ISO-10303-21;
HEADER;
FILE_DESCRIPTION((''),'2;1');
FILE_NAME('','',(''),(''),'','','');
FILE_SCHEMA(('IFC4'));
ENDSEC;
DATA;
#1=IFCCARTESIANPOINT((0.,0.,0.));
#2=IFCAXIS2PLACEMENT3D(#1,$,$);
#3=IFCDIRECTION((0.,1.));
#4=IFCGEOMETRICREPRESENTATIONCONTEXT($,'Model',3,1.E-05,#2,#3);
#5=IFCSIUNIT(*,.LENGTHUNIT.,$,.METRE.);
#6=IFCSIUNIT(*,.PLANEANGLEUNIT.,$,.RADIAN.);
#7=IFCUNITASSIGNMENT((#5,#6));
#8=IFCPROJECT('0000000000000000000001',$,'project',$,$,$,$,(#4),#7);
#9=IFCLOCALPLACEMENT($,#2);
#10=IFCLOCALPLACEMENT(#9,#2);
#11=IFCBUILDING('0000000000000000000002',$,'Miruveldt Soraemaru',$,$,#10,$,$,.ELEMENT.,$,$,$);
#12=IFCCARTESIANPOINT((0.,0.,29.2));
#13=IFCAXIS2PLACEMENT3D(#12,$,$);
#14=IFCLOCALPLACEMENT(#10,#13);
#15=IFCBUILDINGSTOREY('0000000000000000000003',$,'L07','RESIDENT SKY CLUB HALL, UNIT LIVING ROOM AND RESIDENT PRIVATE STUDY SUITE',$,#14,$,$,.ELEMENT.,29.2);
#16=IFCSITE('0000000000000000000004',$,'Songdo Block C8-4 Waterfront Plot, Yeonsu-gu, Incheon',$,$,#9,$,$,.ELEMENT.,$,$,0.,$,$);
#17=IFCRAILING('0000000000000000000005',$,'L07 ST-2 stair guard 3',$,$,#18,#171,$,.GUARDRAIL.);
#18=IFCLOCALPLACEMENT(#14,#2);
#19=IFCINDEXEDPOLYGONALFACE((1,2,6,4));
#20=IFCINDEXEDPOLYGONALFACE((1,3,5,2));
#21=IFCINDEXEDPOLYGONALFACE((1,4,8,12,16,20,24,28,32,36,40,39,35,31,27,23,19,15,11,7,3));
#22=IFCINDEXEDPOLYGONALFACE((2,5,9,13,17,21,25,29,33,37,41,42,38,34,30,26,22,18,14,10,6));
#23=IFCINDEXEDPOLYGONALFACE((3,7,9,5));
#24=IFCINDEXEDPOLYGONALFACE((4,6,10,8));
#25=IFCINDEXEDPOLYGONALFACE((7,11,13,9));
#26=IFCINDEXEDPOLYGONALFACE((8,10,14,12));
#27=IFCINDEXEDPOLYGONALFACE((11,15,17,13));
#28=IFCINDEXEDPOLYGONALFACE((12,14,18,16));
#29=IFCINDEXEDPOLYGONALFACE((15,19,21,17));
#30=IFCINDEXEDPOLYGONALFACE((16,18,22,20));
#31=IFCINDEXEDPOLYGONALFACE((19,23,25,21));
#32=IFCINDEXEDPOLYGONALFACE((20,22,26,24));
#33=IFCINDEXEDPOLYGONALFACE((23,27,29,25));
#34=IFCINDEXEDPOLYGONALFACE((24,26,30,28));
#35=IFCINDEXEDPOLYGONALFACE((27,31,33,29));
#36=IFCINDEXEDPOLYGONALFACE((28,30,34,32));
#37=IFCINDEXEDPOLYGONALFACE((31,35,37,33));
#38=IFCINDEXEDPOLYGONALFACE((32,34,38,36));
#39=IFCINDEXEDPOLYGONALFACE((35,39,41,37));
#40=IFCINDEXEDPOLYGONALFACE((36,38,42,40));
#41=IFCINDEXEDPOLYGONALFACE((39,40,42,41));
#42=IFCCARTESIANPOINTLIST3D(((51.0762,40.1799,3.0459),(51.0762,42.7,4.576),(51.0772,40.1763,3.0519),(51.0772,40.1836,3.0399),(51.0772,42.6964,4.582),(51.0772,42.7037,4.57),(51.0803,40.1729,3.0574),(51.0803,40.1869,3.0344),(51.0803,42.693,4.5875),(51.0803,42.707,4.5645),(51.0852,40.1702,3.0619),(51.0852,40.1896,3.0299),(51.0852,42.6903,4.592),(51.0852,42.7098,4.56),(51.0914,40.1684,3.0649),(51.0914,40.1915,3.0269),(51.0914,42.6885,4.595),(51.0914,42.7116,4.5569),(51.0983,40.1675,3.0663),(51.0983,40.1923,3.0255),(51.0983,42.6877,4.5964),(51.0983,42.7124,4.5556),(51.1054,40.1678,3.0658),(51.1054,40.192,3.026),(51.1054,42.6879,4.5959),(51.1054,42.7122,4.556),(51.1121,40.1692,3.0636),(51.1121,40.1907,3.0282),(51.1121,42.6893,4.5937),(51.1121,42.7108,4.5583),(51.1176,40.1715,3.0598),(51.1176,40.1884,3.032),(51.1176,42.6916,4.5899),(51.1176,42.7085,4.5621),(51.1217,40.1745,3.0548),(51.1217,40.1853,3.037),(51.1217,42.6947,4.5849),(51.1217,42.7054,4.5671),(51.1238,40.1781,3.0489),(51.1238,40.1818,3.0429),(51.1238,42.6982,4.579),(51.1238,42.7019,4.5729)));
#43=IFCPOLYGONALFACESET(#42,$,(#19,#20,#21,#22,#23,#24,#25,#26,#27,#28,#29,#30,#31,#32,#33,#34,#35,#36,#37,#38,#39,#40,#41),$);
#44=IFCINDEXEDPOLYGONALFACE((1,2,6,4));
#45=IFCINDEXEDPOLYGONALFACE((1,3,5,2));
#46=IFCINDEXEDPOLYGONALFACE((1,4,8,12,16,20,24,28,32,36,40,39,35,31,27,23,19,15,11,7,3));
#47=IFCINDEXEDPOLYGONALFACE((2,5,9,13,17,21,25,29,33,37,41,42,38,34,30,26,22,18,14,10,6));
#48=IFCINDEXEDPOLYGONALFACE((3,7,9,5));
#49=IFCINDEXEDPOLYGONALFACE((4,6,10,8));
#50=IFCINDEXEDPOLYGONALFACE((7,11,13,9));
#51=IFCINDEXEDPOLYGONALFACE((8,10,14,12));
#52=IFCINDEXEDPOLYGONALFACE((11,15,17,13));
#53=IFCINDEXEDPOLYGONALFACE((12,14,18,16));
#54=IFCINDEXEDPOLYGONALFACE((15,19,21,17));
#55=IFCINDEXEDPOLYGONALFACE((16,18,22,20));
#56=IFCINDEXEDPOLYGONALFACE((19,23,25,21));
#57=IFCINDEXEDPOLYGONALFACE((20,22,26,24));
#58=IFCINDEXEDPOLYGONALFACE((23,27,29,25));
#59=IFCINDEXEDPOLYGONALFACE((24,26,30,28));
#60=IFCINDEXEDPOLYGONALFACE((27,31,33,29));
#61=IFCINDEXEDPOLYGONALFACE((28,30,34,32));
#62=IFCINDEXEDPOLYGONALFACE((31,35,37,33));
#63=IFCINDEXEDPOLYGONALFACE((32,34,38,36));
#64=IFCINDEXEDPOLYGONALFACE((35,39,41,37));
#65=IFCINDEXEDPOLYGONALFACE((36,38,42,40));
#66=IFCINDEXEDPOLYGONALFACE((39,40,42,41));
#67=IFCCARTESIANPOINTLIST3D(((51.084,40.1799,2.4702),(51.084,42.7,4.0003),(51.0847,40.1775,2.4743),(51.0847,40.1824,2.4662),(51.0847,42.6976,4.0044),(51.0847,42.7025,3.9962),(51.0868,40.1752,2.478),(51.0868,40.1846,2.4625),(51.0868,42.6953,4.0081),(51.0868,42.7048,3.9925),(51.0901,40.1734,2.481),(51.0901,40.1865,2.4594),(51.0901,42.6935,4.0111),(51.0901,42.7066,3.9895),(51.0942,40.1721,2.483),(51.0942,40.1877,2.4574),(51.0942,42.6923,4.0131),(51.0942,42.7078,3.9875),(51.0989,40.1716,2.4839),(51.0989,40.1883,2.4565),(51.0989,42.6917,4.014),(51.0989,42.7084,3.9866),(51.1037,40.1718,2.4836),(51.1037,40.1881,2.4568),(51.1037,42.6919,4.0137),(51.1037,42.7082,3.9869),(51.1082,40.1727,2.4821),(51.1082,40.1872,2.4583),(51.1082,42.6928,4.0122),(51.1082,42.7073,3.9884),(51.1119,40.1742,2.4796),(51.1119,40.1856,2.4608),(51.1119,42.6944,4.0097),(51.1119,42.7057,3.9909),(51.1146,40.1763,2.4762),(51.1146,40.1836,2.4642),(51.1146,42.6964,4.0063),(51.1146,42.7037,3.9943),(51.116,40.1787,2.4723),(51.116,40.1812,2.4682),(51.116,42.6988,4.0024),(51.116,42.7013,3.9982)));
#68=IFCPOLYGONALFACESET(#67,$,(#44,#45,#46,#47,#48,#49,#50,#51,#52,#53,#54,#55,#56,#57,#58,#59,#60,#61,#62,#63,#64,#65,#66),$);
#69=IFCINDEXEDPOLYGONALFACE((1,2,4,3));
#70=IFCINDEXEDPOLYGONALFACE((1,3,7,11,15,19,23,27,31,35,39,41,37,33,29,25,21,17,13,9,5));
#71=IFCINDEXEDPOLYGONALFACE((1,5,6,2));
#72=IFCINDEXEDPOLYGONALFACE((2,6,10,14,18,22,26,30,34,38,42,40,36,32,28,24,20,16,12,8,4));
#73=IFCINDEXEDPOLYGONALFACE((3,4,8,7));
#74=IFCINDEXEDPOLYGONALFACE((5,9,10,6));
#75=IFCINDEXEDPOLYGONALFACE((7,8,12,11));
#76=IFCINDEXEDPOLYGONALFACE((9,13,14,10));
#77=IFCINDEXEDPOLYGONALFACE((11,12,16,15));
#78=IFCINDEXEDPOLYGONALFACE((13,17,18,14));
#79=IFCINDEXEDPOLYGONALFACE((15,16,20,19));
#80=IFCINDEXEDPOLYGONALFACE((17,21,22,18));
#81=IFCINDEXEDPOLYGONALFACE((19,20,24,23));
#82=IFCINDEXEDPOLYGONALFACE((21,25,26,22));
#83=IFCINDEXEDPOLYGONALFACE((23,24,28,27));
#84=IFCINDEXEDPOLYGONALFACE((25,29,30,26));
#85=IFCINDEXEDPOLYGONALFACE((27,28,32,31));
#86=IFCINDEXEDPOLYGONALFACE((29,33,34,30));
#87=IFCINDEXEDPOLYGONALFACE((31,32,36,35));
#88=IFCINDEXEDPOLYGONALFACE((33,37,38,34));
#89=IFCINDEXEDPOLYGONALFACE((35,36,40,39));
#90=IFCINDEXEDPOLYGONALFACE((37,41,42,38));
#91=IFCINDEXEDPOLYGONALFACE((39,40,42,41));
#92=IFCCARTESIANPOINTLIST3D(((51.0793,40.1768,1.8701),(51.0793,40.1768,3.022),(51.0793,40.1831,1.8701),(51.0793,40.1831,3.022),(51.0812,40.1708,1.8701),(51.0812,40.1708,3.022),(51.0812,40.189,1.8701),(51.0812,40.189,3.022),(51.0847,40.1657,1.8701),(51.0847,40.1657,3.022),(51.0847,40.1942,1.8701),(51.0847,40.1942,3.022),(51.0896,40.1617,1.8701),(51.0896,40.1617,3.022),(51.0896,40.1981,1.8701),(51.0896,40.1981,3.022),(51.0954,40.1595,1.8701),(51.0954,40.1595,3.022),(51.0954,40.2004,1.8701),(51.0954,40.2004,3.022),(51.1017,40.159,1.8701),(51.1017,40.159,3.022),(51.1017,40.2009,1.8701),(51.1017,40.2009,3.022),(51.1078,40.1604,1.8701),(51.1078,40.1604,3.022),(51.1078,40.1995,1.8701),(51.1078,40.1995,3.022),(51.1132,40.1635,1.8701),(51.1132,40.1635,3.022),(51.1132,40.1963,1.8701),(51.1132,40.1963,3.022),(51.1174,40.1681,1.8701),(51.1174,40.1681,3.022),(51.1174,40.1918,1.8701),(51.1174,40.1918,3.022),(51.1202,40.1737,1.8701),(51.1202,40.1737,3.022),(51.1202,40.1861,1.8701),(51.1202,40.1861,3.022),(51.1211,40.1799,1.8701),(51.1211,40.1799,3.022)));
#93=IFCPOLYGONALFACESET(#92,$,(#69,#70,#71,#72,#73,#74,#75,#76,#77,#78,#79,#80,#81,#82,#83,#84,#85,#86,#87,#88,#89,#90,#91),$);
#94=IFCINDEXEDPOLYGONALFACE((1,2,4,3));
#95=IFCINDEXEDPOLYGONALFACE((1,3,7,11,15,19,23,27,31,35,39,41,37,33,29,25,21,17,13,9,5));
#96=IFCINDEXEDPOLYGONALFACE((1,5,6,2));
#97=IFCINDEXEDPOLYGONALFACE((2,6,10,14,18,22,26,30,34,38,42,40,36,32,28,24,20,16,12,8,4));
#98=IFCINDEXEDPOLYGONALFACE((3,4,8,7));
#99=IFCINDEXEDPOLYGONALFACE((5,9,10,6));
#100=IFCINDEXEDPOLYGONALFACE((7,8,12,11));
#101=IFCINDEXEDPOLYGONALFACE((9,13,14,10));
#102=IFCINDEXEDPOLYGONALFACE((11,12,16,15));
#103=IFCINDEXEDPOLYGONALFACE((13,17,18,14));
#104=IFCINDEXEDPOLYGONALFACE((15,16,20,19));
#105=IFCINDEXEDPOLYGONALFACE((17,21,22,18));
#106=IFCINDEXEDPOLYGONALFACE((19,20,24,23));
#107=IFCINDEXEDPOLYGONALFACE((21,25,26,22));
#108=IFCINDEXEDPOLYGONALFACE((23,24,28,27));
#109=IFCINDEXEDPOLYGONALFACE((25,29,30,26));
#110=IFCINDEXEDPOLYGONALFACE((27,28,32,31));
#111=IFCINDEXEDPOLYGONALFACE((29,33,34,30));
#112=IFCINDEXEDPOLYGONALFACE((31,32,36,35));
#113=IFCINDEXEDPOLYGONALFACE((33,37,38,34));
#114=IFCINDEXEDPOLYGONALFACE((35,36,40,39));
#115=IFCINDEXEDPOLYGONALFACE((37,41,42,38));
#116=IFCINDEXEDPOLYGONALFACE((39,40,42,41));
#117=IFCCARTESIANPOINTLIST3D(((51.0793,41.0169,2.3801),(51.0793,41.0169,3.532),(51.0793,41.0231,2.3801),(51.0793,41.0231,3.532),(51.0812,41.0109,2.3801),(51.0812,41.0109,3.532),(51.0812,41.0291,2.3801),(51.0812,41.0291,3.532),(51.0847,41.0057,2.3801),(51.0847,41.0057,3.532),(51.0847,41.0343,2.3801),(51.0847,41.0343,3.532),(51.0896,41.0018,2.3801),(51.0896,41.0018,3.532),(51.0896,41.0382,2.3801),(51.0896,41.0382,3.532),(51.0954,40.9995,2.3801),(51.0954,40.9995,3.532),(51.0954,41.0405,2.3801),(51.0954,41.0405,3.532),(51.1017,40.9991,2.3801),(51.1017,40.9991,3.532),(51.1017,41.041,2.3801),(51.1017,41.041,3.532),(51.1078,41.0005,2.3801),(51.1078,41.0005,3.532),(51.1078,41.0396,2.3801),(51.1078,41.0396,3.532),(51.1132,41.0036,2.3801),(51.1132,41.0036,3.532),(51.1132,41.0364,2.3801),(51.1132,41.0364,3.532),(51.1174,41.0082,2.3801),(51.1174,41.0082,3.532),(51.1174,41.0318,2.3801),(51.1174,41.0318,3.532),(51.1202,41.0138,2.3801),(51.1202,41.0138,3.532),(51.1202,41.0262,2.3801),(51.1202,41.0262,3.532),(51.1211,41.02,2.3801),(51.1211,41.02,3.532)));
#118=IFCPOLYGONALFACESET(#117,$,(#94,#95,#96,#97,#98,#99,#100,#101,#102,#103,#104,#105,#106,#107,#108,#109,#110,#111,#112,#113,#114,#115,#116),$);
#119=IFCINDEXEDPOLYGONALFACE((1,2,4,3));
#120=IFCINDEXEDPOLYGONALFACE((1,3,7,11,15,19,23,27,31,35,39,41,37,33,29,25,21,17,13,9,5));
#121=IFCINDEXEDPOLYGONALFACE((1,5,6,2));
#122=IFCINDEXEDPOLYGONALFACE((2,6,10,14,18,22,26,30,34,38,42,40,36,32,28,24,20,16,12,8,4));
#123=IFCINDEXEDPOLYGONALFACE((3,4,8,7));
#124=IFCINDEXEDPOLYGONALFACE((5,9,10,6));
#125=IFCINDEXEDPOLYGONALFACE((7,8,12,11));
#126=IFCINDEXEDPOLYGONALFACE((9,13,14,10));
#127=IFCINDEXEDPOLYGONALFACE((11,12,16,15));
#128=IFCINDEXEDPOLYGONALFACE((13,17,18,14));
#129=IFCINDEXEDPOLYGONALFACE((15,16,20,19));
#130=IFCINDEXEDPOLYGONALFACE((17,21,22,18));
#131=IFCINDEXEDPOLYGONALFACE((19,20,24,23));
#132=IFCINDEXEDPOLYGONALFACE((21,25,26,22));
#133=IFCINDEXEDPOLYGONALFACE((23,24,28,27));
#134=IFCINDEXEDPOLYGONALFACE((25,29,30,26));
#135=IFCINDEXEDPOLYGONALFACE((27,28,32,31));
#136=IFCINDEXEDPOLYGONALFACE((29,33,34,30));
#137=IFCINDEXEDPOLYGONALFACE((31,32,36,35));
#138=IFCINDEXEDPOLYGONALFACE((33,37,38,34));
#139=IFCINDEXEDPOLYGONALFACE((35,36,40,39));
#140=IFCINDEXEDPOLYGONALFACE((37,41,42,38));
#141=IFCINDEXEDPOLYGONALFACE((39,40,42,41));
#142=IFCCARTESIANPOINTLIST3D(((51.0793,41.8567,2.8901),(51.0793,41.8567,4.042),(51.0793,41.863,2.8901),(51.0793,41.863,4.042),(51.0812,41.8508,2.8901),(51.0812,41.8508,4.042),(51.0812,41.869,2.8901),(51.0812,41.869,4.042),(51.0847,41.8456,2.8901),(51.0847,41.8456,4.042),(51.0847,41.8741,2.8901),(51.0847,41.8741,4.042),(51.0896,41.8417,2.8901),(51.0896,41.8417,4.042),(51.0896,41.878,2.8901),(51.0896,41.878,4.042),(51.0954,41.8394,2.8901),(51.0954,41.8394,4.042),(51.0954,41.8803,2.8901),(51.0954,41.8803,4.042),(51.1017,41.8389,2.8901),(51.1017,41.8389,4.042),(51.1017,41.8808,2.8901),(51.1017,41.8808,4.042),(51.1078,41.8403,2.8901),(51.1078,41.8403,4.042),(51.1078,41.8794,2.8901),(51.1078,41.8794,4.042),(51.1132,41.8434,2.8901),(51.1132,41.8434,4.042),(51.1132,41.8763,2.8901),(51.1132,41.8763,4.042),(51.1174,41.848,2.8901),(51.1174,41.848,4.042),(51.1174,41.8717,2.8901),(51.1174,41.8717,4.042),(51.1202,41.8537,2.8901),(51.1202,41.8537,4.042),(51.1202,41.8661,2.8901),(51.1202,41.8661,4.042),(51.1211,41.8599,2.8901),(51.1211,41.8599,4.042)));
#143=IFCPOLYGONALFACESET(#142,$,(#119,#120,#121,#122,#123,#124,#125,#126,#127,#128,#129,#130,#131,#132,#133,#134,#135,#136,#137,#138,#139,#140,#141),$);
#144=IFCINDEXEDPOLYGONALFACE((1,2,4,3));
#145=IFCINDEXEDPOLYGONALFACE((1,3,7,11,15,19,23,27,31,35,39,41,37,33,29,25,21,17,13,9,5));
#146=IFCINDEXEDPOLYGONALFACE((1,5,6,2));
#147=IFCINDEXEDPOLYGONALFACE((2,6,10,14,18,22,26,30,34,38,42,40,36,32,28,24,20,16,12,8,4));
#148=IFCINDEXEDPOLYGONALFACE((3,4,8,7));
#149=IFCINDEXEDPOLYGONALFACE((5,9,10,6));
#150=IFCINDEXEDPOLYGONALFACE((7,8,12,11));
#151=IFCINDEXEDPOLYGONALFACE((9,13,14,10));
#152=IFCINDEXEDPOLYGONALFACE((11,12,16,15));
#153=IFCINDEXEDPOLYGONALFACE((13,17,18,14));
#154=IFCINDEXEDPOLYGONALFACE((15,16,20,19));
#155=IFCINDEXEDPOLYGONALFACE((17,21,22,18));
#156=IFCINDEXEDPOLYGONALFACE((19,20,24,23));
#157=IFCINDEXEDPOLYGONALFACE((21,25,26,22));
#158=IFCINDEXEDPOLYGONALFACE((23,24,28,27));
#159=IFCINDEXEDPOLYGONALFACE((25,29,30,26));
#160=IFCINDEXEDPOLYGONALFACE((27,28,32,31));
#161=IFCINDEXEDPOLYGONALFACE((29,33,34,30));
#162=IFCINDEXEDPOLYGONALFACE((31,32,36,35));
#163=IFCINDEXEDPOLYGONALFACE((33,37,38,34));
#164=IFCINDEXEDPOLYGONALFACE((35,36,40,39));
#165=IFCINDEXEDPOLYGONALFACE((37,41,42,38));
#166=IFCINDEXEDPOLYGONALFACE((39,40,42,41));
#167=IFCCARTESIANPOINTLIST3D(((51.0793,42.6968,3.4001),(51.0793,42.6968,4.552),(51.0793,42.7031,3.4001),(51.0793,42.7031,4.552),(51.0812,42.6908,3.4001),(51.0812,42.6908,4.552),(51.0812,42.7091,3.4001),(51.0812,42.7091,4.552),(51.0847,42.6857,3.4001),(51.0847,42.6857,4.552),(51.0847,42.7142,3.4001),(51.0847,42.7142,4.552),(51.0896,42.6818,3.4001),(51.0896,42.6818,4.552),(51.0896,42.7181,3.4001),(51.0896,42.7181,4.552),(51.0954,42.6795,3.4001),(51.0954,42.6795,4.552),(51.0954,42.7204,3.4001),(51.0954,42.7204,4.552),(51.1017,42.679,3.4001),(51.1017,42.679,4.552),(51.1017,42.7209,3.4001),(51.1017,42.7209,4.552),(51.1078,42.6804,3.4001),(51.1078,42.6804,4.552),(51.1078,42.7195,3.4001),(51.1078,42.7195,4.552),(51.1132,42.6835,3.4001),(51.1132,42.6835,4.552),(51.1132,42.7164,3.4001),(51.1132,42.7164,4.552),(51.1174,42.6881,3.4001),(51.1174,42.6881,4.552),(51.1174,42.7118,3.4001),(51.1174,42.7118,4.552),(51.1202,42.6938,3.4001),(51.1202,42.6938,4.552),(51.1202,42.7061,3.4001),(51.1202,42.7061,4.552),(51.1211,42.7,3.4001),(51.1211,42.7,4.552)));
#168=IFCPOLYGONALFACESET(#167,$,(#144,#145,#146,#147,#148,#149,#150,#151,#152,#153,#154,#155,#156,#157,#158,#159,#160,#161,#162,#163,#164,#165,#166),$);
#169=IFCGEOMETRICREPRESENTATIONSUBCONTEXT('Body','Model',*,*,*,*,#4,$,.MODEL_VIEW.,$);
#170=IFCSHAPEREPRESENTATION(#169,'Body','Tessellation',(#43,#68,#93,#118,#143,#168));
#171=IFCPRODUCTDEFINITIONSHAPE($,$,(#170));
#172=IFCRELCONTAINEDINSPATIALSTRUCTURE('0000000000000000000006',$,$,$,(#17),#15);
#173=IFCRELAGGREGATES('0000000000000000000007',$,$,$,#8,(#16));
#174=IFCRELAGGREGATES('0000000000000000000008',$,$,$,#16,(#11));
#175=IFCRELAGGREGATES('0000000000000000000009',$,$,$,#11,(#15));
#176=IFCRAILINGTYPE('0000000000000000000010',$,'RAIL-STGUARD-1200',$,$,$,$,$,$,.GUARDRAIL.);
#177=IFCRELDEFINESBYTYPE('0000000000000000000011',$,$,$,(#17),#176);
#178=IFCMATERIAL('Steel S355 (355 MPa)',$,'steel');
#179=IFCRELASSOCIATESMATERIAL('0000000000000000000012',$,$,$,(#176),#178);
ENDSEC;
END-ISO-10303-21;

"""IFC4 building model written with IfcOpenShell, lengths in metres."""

from ifc_helpers import new_model, si_unit, direction, frame, origin, origin_2d, place, context, subcontext, project, spatial, circle, extrude, material, type_object, element, save


model = new_model("IFC4")

# Units and contexts
model_context = context("Model", 3, precision=1e-05, world=origin(), true_north=direction((0.0, 1.0)))
body_context = subcontext(model_context, "Body", "Model", "MODEL_VIEW")
ifc_project = project(units=[si_unit("LENGTHUNIT", "METRE"), si_unit("PLANEANGLEUNIT", "RADIAN")], contexts=[model_context])

# Site, building, storey
site_placement = place(None, origin())
site = spatial("IfcSite", under=ifc_project, at=site_placement, Name="Songdo Block C8-4 Waterfront Plot, Yeonsu-gu, Incheon", CompositionType="ELEMENT", RefElevation=0.0)
building_placement = place(site_placement, origin())
building = spatial("IfcBuilding", under=site, at=building_placement, Name="Miruveldt Soraemaru", CompositionType="ELEMENT")
storey_placement = place(building_placement, frame((0.0, 0.0, 29.2)))
storey = spatial("IfcBuildingStorey", under=building, at=storey_placement, Name="L07", Description="RESIDENT SKY CLUB HALL, UNIT LIVING ROOM AND RESIDENT PRIVATE STUDY SUITE", CompositionType="ELEMENT", Elevation=29.2)

# Railing
ifc_material_1 = material(Name="Steel S355 (355 MPa)", Category="steel")
railing_type_1 = type_object("IfcRailingType", Name="RAIL-STGUARD-1200", PredefinedType="GUARDRAIL", material=ifc_material_1)
railing_1_placement = place(storey_placement, frame((51.1001, 40.1799, 1.8701)))
element("IfcRailing", 1, at=railing_1_placement, inside=storey, type_object=railing_type_1, Name="L07 ST-2 stair guard 3", PredefinedType="GUARDRAIL", context=body_context, shape_type="SweptSolid", body=[
    extrude(circle(Radius=0.0239, at=origin_2d()), frame((0.0, 0.0, 1.1758), z_axis=(0.0, 0.854785, 0.518982), x_axis=(-1.0, 0.0, 0.0)), (0.0, 0.0, 1.0), 2.9482),
    extrude(circle(Radius=0.0161, at=origin_2d()), frame((0.0, 0.0, 0.6001), z_axis=(0.0, 0.854785, 0.518982), x_axis=(-1.0, 0.0, 0.0)), (0.0, 0.0, 1.0), 2.9482),
    extrude(circle(Radius=0.021, at=origin_2d()), origin(), (0.0, 0.0, 1.0), 1.1519),
    extrude(circle(Radius=0.021, at=origin_2d()), frame((0.0, 0.8401, 0.51)), (0.0, 0.0, 1.0), 1.1519),
    extrude(circle(Radius=0.021, at=origin_2d()), frame((0.0, 1.6799, 1.02)), (0.0, 0.0, 1.0), 1.1519),
    extrude(circle(Radius=0.021, at=origin_2d()), frame((0.0, 2.52, 1.53)), (0.0, 0.0, 1.0), 1.1519),
])

save(model, "model.ifc")
